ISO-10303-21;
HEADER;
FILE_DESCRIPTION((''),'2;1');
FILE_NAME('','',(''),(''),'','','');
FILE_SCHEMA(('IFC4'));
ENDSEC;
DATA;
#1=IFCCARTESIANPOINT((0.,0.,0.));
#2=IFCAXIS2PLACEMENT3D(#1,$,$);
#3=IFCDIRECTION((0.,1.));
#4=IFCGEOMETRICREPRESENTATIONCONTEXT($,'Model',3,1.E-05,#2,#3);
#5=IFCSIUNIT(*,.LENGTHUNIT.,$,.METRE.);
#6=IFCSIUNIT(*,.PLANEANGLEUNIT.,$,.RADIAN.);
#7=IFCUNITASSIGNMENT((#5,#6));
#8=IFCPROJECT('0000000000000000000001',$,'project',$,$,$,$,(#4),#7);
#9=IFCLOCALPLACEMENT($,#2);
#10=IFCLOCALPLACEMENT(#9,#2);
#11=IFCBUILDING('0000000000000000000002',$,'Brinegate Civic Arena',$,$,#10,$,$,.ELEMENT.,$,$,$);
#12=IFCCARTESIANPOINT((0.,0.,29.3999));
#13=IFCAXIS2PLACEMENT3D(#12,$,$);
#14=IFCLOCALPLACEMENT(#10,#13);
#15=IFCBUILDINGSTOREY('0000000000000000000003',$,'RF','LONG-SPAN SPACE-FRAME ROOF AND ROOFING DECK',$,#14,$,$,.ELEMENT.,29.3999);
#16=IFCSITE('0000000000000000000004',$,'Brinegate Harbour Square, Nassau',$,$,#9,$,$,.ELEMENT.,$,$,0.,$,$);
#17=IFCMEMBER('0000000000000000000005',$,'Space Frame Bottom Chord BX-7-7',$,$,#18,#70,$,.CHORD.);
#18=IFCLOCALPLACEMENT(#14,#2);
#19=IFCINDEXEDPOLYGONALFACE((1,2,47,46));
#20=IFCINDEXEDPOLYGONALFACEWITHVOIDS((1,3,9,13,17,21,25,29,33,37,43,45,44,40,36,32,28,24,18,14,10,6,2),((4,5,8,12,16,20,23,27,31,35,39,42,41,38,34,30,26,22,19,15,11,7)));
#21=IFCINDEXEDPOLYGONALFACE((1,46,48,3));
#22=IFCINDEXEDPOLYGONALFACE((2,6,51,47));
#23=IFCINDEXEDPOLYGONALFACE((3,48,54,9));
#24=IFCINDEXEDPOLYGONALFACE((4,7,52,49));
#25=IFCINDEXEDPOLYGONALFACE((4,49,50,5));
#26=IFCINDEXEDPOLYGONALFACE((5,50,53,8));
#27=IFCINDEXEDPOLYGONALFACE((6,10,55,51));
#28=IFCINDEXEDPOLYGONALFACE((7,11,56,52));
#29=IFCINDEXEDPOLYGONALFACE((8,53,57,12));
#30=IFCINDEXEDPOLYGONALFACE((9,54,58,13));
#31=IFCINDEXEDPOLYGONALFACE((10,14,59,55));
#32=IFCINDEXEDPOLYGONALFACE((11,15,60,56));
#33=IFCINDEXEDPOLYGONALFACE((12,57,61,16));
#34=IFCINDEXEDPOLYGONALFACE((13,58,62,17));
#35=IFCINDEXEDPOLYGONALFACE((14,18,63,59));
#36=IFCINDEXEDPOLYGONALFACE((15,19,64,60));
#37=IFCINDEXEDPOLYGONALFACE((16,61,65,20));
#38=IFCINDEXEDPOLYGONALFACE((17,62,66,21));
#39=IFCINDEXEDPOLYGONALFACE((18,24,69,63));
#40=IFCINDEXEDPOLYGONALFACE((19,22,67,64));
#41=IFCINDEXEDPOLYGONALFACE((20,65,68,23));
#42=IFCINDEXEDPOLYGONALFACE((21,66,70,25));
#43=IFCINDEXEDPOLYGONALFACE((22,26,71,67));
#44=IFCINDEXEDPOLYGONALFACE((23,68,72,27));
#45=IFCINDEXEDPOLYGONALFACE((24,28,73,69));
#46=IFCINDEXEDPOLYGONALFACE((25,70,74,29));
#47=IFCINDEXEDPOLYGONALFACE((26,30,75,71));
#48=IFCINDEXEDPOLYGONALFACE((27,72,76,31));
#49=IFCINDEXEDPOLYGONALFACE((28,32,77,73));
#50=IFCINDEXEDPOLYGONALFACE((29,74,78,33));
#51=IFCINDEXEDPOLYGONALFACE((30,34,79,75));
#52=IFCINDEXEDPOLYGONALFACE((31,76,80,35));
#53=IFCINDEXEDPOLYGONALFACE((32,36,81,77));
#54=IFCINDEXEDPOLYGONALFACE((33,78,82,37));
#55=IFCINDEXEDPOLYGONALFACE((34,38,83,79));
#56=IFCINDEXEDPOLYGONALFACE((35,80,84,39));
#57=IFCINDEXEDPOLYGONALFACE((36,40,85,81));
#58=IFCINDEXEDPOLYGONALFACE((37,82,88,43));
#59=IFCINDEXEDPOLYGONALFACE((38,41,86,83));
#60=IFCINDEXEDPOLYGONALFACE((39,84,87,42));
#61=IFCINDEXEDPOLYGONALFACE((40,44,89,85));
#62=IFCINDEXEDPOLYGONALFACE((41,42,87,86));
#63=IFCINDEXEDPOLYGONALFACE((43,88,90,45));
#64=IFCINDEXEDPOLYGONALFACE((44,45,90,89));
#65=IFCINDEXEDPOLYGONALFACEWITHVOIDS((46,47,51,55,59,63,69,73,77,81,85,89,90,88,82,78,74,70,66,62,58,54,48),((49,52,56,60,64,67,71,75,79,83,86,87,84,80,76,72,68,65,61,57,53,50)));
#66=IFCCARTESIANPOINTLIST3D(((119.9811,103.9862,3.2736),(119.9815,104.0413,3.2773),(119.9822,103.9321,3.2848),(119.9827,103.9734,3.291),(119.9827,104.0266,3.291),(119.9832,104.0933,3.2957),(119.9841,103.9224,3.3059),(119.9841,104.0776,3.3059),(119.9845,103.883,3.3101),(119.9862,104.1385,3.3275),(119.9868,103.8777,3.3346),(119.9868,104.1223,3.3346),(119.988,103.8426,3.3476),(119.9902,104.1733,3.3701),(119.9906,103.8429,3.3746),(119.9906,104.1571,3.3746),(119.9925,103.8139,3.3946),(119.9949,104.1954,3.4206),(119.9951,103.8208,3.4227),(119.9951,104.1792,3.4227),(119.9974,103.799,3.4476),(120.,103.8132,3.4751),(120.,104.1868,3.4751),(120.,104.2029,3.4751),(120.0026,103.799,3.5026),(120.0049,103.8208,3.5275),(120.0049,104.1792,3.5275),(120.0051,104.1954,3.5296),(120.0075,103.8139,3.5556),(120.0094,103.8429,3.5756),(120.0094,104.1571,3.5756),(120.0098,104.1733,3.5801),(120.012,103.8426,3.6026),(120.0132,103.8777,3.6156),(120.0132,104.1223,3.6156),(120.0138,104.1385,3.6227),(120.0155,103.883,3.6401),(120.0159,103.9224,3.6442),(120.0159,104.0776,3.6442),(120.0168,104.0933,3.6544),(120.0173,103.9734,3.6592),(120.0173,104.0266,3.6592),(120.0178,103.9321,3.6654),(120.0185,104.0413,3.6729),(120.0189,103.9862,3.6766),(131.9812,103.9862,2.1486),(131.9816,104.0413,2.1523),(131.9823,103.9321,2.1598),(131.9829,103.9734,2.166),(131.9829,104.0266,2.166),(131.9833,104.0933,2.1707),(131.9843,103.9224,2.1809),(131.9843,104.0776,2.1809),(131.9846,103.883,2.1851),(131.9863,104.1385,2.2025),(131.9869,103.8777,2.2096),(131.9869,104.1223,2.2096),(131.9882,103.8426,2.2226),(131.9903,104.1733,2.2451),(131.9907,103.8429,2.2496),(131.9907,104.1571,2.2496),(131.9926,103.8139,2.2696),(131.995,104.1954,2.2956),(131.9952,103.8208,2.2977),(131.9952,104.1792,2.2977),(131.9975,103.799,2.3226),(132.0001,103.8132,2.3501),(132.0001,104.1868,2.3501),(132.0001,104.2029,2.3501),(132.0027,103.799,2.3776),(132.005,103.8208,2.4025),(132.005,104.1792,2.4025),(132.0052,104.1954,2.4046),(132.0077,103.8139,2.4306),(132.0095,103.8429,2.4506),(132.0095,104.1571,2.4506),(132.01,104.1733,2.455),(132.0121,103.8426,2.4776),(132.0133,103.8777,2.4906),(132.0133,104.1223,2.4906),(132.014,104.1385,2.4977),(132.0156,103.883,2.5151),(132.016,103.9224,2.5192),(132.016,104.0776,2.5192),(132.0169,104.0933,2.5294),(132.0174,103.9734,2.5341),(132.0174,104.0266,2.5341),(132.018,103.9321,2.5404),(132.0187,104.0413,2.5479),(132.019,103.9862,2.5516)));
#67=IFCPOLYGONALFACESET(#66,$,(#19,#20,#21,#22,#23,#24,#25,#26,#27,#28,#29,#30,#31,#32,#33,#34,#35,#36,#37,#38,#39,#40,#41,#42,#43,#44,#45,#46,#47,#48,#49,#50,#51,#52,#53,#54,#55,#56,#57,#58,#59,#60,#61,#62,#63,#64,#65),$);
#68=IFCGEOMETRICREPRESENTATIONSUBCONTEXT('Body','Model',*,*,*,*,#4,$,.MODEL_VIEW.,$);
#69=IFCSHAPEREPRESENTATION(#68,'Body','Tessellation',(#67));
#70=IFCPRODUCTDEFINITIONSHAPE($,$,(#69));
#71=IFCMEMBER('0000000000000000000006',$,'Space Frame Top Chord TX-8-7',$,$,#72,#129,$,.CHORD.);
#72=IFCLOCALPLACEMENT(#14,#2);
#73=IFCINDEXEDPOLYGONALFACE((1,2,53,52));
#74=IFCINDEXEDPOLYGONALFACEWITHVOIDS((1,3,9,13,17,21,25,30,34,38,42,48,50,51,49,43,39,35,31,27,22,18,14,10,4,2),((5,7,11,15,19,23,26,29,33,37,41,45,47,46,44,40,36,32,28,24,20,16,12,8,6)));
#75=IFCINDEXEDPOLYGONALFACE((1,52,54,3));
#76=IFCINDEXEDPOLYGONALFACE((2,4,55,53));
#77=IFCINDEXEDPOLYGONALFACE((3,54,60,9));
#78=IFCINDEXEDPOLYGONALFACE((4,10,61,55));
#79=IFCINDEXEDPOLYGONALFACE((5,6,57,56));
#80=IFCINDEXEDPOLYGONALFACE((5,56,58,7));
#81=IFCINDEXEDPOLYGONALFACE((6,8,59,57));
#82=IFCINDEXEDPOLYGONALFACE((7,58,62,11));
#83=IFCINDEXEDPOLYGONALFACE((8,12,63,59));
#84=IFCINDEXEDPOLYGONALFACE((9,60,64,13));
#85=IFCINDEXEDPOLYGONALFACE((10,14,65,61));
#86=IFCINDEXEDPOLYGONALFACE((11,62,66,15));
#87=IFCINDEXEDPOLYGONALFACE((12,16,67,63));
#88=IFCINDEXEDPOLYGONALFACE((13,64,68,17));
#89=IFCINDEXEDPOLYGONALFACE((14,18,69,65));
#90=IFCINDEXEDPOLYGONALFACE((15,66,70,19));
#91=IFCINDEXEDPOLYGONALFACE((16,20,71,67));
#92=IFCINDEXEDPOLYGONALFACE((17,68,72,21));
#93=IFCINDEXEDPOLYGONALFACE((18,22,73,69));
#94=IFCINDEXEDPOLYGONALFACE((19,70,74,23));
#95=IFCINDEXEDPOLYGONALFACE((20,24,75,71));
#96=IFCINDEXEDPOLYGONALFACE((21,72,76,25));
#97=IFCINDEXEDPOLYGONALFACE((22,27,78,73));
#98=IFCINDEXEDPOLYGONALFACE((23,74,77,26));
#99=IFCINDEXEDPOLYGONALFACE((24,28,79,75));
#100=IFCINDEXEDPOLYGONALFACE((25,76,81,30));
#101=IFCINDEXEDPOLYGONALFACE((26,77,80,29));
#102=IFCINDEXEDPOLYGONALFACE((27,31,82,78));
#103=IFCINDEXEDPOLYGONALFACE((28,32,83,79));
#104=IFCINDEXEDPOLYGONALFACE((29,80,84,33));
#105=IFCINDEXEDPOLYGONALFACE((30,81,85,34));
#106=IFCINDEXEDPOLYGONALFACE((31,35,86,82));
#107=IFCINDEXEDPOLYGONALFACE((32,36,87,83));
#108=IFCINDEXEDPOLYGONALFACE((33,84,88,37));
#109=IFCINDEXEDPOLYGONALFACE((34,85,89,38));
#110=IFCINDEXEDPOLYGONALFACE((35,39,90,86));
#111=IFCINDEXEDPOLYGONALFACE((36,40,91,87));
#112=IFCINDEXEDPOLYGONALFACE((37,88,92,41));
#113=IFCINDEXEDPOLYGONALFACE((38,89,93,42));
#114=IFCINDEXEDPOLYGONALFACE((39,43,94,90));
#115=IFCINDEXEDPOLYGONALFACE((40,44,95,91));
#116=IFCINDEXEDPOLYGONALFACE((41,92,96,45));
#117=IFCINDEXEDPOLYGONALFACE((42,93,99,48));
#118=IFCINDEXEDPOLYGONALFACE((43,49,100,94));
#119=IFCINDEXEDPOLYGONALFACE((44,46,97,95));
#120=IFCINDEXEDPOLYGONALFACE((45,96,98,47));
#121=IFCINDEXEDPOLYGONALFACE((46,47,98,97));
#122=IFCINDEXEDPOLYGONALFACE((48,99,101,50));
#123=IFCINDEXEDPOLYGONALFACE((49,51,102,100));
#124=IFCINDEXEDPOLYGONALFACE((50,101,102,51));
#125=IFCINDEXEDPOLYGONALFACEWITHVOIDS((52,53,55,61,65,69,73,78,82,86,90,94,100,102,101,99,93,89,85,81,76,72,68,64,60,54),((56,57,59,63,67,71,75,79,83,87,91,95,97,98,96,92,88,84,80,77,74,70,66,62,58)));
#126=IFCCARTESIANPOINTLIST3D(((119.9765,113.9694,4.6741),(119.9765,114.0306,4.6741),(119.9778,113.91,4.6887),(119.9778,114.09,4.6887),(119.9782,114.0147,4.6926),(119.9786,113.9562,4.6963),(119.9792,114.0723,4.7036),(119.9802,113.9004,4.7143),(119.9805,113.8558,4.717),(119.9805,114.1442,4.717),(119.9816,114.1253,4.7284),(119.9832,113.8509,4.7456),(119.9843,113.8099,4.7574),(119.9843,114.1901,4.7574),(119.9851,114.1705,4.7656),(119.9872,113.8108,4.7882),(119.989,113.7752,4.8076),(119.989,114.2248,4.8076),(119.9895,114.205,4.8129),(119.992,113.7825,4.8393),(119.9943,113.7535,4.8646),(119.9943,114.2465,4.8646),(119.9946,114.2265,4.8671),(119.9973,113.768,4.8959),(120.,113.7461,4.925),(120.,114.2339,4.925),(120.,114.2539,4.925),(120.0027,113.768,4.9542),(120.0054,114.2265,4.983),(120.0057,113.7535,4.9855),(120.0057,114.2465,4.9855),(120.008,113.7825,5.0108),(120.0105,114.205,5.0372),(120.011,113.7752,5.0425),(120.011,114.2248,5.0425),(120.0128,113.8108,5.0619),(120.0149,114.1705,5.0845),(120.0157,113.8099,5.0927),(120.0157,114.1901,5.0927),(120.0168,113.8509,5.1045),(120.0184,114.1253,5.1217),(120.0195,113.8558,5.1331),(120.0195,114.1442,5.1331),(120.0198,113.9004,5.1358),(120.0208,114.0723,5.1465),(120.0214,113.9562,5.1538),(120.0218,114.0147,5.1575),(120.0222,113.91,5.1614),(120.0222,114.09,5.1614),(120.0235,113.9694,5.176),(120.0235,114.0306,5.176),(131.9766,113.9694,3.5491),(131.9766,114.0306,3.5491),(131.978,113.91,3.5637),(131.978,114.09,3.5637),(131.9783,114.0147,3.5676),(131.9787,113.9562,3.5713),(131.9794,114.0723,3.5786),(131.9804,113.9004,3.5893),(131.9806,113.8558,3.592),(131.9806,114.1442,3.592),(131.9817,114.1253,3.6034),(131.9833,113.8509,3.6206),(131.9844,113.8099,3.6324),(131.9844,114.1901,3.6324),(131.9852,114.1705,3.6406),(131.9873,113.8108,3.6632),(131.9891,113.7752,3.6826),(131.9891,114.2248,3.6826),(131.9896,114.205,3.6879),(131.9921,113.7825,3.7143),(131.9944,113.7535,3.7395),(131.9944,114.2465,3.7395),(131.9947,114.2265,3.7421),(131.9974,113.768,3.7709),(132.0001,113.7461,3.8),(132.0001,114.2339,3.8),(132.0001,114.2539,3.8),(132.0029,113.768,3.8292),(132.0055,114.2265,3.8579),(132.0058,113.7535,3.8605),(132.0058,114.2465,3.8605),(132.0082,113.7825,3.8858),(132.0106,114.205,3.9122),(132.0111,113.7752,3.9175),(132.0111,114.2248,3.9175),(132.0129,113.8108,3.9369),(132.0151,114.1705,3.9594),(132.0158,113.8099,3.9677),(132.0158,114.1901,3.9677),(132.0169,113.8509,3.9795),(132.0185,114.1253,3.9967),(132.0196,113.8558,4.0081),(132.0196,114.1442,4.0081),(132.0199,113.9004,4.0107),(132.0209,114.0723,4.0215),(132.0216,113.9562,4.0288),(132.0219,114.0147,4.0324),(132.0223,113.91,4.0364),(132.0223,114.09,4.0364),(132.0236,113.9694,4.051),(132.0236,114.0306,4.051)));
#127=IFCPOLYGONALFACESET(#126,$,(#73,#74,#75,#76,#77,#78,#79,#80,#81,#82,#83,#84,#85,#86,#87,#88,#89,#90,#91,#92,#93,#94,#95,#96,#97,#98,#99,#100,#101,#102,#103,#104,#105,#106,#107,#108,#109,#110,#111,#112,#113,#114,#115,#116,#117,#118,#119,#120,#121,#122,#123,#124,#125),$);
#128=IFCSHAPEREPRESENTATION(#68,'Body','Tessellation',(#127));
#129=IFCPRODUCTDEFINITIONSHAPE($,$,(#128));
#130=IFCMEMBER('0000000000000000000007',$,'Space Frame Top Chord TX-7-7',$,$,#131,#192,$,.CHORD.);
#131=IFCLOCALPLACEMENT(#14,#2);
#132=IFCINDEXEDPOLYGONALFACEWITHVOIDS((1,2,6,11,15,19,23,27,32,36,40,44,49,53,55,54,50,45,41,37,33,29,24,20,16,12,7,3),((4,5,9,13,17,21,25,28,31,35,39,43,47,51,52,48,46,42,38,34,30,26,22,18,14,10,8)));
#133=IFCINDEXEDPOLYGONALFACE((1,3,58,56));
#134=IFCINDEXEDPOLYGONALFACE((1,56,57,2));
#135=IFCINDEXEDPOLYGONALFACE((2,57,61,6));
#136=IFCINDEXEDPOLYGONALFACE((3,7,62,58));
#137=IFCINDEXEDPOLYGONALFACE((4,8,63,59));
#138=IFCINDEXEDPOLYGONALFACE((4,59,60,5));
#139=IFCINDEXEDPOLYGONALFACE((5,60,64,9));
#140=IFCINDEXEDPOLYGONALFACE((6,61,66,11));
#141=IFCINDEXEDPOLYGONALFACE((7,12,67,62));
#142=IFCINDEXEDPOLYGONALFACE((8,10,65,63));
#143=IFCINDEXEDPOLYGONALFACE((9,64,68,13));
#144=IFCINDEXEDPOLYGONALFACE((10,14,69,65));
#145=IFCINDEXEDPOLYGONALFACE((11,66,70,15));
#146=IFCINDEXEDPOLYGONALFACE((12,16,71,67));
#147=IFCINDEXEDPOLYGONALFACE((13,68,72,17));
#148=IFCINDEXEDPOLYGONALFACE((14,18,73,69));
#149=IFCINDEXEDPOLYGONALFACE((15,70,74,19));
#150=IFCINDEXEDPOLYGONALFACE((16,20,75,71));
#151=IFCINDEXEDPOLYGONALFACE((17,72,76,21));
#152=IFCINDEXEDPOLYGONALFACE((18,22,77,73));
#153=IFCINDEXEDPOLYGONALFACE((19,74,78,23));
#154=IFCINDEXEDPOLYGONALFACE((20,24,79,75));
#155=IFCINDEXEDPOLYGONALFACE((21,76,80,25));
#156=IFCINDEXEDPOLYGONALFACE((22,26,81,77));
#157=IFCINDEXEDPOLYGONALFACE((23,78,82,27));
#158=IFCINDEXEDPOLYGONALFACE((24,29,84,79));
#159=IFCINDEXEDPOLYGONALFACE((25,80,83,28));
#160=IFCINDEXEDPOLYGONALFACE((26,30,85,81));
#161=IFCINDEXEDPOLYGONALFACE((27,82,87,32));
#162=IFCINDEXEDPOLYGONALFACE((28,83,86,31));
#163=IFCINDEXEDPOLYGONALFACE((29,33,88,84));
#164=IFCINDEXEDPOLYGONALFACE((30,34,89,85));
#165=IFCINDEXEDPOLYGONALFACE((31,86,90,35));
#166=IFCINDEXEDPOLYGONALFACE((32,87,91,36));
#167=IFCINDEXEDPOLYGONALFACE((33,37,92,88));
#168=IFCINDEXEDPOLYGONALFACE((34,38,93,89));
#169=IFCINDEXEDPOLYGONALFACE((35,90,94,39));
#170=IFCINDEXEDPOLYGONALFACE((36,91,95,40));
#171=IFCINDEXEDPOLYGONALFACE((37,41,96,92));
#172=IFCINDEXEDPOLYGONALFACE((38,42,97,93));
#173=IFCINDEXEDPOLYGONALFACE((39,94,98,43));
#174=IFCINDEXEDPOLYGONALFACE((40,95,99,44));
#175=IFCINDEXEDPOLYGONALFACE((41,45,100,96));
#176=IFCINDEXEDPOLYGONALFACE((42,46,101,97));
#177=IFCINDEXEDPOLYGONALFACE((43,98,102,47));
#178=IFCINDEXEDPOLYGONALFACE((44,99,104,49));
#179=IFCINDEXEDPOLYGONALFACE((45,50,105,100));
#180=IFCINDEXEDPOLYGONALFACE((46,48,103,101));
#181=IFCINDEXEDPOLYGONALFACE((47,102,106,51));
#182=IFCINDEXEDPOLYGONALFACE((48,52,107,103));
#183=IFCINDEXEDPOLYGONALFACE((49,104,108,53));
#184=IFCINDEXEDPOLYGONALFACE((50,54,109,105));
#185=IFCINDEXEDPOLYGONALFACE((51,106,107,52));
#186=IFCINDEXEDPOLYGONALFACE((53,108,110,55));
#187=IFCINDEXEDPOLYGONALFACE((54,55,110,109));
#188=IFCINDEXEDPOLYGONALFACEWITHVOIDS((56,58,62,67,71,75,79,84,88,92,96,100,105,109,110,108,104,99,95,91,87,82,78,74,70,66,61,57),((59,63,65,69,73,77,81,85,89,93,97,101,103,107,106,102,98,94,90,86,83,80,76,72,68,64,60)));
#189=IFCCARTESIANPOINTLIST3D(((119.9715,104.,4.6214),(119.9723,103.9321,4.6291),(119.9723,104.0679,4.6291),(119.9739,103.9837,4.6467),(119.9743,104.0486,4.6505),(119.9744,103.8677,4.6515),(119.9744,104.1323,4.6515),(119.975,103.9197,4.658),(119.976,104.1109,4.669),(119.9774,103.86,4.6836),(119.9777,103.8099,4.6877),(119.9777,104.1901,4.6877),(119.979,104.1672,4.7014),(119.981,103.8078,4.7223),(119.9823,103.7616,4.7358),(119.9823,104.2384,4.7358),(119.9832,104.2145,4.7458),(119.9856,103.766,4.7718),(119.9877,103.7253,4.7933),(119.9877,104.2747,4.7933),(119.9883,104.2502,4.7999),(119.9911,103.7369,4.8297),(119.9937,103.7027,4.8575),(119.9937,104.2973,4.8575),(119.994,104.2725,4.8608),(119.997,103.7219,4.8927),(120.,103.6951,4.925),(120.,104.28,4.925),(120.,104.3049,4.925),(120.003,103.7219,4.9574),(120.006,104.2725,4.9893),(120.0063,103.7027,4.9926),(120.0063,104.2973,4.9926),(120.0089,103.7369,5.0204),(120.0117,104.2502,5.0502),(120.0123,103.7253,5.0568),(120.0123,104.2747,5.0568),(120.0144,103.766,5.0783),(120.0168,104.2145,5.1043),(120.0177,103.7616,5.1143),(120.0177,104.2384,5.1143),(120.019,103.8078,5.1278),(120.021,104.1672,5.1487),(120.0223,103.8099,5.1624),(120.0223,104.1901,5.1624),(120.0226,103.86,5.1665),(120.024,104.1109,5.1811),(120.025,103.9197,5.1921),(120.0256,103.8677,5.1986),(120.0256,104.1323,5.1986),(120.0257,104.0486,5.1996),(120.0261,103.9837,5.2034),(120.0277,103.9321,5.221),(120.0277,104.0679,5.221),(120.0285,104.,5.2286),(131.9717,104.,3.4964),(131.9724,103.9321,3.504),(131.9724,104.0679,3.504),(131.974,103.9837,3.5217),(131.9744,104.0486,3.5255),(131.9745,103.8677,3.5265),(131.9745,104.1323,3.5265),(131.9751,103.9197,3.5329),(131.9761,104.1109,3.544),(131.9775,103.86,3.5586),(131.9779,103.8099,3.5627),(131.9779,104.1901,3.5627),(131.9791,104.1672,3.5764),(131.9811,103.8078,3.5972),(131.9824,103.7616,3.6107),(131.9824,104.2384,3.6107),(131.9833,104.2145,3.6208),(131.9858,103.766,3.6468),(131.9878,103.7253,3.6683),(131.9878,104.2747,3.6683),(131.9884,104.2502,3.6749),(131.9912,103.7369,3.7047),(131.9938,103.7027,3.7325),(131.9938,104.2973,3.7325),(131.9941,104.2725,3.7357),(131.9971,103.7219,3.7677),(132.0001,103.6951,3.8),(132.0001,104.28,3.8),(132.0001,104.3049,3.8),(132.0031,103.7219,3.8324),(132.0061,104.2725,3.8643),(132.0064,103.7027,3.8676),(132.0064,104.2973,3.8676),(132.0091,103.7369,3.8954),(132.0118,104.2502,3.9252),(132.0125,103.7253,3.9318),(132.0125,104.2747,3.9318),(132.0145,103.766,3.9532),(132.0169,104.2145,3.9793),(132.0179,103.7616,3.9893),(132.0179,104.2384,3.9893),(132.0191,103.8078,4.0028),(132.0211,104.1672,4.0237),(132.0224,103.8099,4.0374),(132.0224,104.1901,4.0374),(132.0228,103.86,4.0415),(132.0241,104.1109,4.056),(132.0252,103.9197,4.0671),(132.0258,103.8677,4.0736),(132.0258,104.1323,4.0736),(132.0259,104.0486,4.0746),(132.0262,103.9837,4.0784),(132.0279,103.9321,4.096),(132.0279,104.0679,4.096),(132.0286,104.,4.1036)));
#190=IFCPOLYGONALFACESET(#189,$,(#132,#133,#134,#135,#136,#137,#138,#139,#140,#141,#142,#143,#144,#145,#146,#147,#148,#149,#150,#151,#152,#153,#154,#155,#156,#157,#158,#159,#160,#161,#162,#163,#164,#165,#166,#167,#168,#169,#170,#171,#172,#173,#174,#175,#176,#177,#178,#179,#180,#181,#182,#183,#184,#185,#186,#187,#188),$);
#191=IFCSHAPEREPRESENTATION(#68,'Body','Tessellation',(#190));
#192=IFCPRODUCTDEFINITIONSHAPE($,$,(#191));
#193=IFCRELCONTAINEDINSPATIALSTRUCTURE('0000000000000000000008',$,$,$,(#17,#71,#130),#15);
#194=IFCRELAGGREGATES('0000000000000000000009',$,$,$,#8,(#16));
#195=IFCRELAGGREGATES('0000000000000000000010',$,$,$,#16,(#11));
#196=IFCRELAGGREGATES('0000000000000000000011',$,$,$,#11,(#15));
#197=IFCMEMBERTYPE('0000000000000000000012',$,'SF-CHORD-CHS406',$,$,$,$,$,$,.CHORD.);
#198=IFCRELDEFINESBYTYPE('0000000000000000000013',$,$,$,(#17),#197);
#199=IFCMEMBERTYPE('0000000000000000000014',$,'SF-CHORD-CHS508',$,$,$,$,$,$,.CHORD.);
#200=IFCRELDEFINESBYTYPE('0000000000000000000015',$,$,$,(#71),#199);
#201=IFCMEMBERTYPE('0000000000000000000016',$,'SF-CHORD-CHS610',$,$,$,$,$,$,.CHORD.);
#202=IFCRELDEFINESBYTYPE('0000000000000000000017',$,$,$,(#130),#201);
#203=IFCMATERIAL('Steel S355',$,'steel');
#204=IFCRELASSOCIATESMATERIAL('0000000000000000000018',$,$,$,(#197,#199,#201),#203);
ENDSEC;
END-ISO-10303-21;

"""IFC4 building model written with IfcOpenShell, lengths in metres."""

from ifc_helpers import new_model, si_unit, direction, frame, origin, origin_2d, place, context, subcontext, project, spatial, hollow_circle, extrude, material, material_profile, profile_set, type_object, element, save


model = new_model("IFC4")

# Units and contexts
model_context = context("Model", 3, precision=1e-05, world=origin(), true_north=direction((0.0, 1.0)))
body_context = subcontext(model_context, "Body", "Model", "MODEL_VIEW")
ifc_project = project(units=[si_unit("LENGTHUNIT", "METRE"), si_unit("PLANEANGLEUNIT", "RADIAN")], contexts=[model_context])

# Site, building, storey
site_placement = place(None, origin())
site = spatial("IfcSite", under=ifc_project, at=site_placement, Name="Brinegate Harbour Square, Nassau", CompositionType="ELEMENT", RefElevation=0.0)
building_placement = place(site_placement, origin())
building = spatial("IfcBuilding", under=site, at=building_placement, Name="Brinegate Civic Arena", CompositionType="ELEMENT")
storey_placement = place(building_placement, frame((0.0, 0.0, 29.3999)))
storey = spatial("IfcBuildingStorey", under=building, at=storey_placement, Name="RF", Description="LONG-SPAN SPACE-FRAME ROOF AND ROOFING DECK", CompositionType="ELEMENT", Elevation=29.3999)

# Shared definitions
ifc_material_1 = material(Name="Steel S355", Category="steel")

# Members
ifc_material_profile_1 = material_profile(ifc_material_1, hollow_circle(Radius=0.2029, WallThickness=0.0161, at=origin_2d()), Name="CHS406X16")
ifc_profile_set_1 = profile_set([ifc_material_profile_1], Name="Steel S355")
member_type_1 = type_object("IfcMemberType", Name="SF-CHORD-CHS406", PredefinedType="CHORD", material=ifc_profile_set_1)
member_1_placement = place(storey_placement, frame((120.0, 104.0, 3.4751), z_axis=(0.995634, 0.0, -0.093341), x_axis=(0.0, 1.0, 0.0)))
element("IfcMember", 1, at=member_1_placement, inside=storey, type_object=member_type_1, Name="Space Frame Bottom Chord BX-7-7", PredefinedType="CHORD", context=body_context, shape_type="SweptSolid", body=[
    extrude(hollow_circle(Radius=0.2029, WallThickness=0.0161, at=origin_2d()), origin(), (0.0, 0.0, 1.0), 12.0527),
])
ifc_material_profile_2 = material_profile(ifc_material_1, hollow_circle(Radius=0.2539, WallThickness=0.02, at=origin_2d()), Name="CHS508X20")
ifc_profile_set_2 = profile_set([ifc_material_profile_2], Name="Steel S355")
member_type_2 = type_object("IfcMemberType", Name="SF-CHORD-CHS508", PredefinedType="CHORD", material=ifc_profile_set_2)
member_2_placement = place(storey_placement, frame((120.0, 114.0, 4.925), z_axis=(0.995634, 0.0, -0.093341), x_axis=(0.0, 1.0, 0.0)))
element("IfcMember", 2, at=member_2_placement, inside=storey, type_object=member_type_2, Name="Space Frame Top Chord TX-8-7", PredefinedType="CHORD", context=body_context, shape_type="SweptSolid", body=[
    extrude(hollow_circle(Radius=0.2539, WallThickness=0.02, at=origin_2d()), origin(), (0.0, 0.0, 1.0), 12.0527),
])
ifc_material_profile_3 = material_profile(ifc_material_1, hollow_circle(Radius=0.3049, WallThickness=0.0249, at=origin_2d()), Name="CHS610X25")
ifc_profile_set_3 = profile_set([ifc_material_profile_3], Name="Steel S355")
member_type_3 = type_object("IfcMemberType", Name="SF-CHORD-CHS610", PredefinedType="CHORD", material=ifc_profile_set_3)
member_3_placement = place(storey_placement, frame((120.0, 104.0, 4.925), z_axis=(0.995634, 0.0, -0.093341), x_axis=(0.0, 1.0, 0.0)))
element("IfcMember", 3, at=member_3_placement, inside=storey, type_object=member_type_3, Name="Space Frame Top Chord TX-7-7", PredefinedType="CHORD", context=body_context, shape_type="SweptSolid", body=[
    extrude(hollow_circle(Radius=0.3049, WallThickness=0.0249, at=origin_2d()), origin(), (0.0, 0.0, 1.0), 12.0527),
])

save(model, "model.ifc")
